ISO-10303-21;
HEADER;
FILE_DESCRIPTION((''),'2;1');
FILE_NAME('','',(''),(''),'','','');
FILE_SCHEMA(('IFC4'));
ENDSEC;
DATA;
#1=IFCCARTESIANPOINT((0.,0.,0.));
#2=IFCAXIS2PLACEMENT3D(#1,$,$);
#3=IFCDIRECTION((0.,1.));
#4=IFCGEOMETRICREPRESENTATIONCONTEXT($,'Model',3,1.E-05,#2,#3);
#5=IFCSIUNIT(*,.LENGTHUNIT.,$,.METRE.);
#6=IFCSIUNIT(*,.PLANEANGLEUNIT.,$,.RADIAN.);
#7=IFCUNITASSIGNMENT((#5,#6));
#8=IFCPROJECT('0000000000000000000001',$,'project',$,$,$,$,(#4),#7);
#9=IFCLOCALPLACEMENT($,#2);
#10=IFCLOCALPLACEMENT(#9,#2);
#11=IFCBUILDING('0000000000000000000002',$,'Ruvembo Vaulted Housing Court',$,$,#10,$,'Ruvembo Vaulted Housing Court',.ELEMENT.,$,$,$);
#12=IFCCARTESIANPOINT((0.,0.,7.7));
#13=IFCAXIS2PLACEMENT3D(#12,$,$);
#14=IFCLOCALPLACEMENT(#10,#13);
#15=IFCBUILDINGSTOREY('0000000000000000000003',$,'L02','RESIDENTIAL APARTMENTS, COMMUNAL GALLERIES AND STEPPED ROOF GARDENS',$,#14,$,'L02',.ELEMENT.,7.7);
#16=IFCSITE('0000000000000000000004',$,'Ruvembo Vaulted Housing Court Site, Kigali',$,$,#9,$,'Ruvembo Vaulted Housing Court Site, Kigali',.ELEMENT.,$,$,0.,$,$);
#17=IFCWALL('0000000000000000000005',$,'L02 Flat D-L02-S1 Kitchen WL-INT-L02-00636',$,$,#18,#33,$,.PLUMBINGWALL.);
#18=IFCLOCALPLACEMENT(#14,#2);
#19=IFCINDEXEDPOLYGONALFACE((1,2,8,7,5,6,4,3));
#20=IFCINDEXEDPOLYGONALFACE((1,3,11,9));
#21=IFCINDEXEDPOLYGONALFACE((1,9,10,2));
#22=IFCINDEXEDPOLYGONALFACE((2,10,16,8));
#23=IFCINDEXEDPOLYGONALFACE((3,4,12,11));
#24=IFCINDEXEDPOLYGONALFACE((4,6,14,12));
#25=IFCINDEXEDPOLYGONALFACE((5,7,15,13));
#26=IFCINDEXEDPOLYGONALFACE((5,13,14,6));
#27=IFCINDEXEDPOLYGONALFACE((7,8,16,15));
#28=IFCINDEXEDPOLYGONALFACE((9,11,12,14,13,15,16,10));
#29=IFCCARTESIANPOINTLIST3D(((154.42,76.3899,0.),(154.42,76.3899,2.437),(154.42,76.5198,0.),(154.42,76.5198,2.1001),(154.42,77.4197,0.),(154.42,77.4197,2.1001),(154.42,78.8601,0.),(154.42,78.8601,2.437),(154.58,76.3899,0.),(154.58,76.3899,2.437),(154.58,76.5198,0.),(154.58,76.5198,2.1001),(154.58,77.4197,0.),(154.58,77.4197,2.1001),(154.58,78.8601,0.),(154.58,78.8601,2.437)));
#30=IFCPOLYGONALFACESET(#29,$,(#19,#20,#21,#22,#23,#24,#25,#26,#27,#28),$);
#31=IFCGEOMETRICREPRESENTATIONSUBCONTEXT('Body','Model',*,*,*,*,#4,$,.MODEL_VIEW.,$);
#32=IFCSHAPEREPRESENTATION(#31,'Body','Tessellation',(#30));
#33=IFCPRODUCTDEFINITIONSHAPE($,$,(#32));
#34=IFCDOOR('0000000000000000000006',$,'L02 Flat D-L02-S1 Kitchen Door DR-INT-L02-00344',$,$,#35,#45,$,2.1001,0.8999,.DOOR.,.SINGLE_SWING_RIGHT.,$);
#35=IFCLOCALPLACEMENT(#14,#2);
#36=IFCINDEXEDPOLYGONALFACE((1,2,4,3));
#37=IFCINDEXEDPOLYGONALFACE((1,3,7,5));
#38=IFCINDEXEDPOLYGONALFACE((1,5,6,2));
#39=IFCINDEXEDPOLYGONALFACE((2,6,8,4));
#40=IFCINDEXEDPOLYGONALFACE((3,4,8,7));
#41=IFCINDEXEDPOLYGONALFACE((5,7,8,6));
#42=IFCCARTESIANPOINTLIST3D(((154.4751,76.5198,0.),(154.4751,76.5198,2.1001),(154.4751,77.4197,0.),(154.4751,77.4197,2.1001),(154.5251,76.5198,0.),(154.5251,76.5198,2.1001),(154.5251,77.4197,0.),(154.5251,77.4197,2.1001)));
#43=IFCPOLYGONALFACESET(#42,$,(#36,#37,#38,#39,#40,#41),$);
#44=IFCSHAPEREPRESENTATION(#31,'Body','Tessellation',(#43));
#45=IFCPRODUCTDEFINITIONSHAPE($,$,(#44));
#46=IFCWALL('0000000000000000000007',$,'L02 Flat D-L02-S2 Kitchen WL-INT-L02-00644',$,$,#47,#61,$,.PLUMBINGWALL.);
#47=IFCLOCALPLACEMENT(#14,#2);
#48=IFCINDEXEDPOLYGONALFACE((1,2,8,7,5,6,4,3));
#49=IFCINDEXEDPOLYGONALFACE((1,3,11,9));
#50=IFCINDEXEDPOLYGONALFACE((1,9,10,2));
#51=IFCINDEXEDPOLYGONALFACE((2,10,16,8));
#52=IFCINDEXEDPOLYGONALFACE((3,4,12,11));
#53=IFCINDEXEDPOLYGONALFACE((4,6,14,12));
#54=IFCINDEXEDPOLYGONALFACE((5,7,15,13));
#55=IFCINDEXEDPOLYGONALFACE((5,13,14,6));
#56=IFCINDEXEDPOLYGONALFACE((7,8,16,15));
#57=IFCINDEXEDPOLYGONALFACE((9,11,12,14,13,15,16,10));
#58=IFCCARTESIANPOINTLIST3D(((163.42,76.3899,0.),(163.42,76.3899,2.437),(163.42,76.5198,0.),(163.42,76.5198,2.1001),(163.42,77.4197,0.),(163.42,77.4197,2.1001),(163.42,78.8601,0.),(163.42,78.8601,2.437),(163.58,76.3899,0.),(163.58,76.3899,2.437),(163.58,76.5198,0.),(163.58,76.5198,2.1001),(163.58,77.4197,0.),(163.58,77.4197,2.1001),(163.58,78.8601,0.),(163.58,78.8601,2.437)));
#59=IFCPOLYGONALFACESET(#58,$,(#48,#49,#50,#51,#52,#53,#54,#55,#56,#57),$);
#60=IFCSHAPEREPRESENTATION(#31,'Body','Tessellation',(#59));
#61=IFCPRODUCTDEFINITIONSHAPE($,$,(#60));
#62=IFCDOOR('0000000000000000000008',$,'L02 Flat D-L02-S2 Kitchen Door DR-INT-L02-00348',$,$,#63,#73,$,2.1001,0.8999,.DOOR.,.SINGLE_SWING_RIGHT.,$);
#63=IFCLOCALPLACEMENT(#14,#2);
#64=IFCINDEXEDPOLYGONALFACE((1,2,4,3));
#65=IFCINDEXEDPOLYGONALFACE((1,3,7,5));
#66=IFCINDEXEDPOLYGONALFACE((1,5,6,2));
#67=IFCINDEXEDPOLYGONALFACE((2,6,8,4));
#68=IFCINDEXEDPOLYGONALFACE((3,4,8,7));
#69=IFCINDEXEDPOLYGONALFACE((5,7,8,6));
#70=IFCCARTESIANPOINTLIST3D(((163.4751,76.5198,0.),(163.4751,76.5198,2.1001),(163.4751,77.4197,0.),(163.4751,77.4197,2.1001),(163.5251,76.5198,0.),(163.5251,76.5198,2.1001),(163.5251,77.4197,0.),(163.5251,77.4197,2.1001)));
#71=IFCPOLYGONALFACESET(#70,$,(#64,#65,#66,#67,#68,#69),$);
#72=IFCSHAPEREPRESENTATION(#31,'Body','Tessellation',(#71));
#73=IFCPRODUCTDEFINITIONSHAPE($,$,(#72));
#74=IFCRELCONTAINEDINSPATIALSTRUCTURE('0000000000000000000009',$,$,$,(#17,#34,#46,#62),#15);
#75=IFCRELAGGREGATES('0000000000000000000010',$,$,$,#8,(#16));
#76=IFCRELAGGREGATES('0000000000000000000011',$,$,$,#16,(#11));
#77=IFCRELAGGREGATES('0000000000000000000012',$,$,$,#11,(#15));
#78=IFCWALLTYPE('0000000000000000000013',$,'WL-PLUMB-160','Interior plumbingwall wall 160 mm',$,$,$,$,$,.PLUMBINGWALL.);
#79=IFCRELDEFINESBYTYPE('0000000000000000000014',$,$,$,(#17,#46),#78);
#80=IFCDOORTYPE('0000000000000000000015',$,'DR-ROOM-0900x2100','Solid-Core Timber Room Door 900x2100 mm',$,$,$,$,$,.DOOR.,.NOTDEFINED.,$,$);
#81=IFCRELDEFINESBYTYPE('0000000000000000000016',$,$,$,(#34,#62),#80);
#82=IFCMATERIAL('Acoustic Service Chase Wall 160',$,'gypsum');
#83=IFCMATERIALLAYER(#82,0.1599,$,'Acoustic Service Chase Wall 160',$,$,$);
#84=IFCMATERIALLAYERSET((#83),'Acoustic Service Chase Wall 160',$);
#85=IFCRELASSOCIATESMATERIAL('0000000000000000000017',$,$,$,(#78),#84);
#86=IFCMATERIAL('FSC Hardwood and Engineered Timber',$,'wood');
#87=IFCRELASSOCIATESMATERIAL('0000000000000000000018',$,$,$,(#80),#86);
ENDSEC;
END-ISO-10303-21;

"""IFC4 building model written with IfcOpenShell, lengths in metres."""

from ifc_helpers import new_model, si_unit, direction, frame, frame_2d, origin, place, context, subcontext, project, spatial, rectangle, extrude, material, layer, layer_set, type_object, element, fill, save


model = new_model("IFC4")

# Units and contexts
model_context = context("Model", 3, precision=1e-05, world=origin(), true_north=direction((0.0, 1.0)))
body_context = subcontext(model_context, "Body", "Model", "MODEL_VIEW")
ifc_project = project(units=[si_unit("LENGTHUNIT", "METRE"), si_unit("PLANEANGLEUNIT", "RADIAN")], contexts=[model_context])

# Site, building, storey
site_placement = place(None, origin())
site = spatial("IfcSite", under=ifc_project, at=site_placement, Name="Ruvembo Vaulted Housing Court Site, Kigali", LongName="Ruvembo Vaulted Housing Court Site, Kigali", CompositionType="ELEMENT", RefElevation=0.0)
building_placement = place(site_placement, origin())
building = spatial("IfcBuilding", under=site, at=building_placement, Name="Ruvembo Vaulted Housing Court", LongName="Ruvembo Vaulted Housing Court", CompositionType="ELEMENT")
storey_placement = place(building_placement, frame((0.0, 0.0, 7.7)))
storey = spatial("IfcBuildingStorey", under=building, at=storey_placement, Name="L02", Description="RESIDENTIAL APARTMENTS, COMMUNAL GALLERIES AND STEPPED ROOF GARDENS", LongName="L02", CompositionType="ELEMENT", Elevation=7.7)

# Shared definitions
ifc_material_1 = material(Name="FSC Hardwood and Engineered Timber", Category="wood")

# Walls, openings, doors
ifc_material_2 = material(Name="Acoustic Service Chase Wall 160", Category="gypsum")
ifc_layer_1 = layer(ifc_material_2, 0.1599, Name="Acoustic Service Chase Wall 160")
ifc_layer_set_1 = layer_set([ifc_layer_1], Name="Acoustic Service Chase Wall 160")
wall_type_1 = type_object("IfcWallType", Name="WL-PLUMB-160", Description="Interior plumbingwall wall 160 mm", PredefinedType="PLUMBINGWALL", material=ifc_layer_set_1)
wall_1_placement = place(storey_placement, frame((154.5, 76.3899, 0.0), z_axis=(0.0, 0.0, 1.0), x_axis=(0.0, 1.0, 0.0)))
wall_1 = element("IfcWall", 1, at=wall_1_placement, inside=storey, type_object=wall_type_1, Name="L02 Flat D-L02-S1 Kitchen WL-INT-L02-00636", PredefinedType="PLUMBINGWALL", context=body_context, shape_type="SweptSolid", body=[
    extrude(rectangle(XDim=2.4702, YDim=0.1599, at=frame_2d((1.2351, 0.0))), origin(), (0.0, 0.0, 1.0), 2.437),
])
opening_1_placement = place(wall_1_placement, frame((0.1299, 0.0, 0.0)))
opening_1 = element("IfcOpeningElement", 2, at=opening_1_placement, cuts=wall_1, PredefinedType="OPENING", context=body_context, shape_type="SweptSolid", body=[
    extrude(rectangle(XDim=0.8999, YDim=2.1001, at=frame_2d((0.45, 1.05))), frame((0.0, 0.0898, 0.0), z_axis=(0.0, -1.0, 0.0), x_axis=(1.0, 0.0, 0.0)), (0.0, 0.0, 1.0), 0.1799),
])
door_type_1 = type_object("IfcDoorType", Name="DR-ROOM-0900x2100", Description="Solid-Core Timber Room Door 900x2100 mm", OperationType="NOTDEFINED", PredefinedType="DOOR", material=ifc_material_1)
door_1_placement = place(opening_1_placement, origin())
door_1 = element("IfcDoor", 3, at=door_1_placement, inside=storey, type_object=door_type_1, Name="L02 Flat D-L02-S1 Kitchen Door DR-INT-L02-00344", OperationType="SINGLE_SWING_RIGHT", OverallHeight=2.1001, OverallWidth=0.8999, PredefinedType="DOOR", context=body_context, shape_type="SweptSolid", body=[
    extrude(rectangle(XDim=0.8999, YDim=2.1001, at=frame_2d((0.45, 1.05))), frame((0.0, 0.0249, 0.0), z_axis=(0.0, -1.0, 0.0), x_axis=(1.0, 0.0, 0.0)), (0.0, 0.0, 1.0), 0.05),
])
fill(opening_1, door_1)
wall_2_placement = place(storey_placement, frame((163.5, 76.3899, 0.0), z_axis=(0.0, 0.0, 1.0), x_axis=(0.0, 1.0, 0.0)))
wall_2 = element("IfcWall", 4, at=wall_2_placement, inside=storey, type_object=wall_type_1, Name="L02 Flat D-L02-S2 Kitchen WL-INT-L02-00644", PredefinedType="PLUMBINGWALL", context=body_context, shape_type="SweptSolid", body=[
    extrude(rectangle(XDim=2.4702, YDim=0.1599, at=frame_2d((1.2351, 0.0))), origin(), (0.0, 0.0, 1.0), 2.437),
])
opening_2_placement = place(wall_2_placement, frame((0.1299, 0.0, 0.0)))
opening_2 = element("IfcOpeningElement", 5, at=opening_2_placement, cuts=wall_2, PredefinedType="OPENING", context=body_context, shape_type="SweptSolid", body=[
    extrude(rectangle(XDim=0.8999, YDim=2.1001, at=frame_2d((0.45, 1.05))), frame((0.0, 0.0898, 0.0), z_axis=(0.0, -1.0, 0.0), x_axis=(1.0, 0.0, 0.0)), (0.0, 0.0, 1.0), 0.1799),
])
door_2_placement = place(opening_2_placement, origin())
door_2 = element("IfcDoor", 6, at=door_2_placement, inside=storey, type_object=door_type_1, Name="L02 Flat D-L02-S2 Kitchen Door DR-INT-L02-00348", OperationType="SINGLE_SWING_RIGHT", OverallHeight=2.1001, OverallWidth=0.8999, PredefinedType="DOOR", context=body_context, shape_type="SweptSolid", body=[
    extrude(rectangle(XDim=0.8999, YDim=2.1001, at=frame_2d((0.45, 1.05))), frame((0.0, 0.0249, 0.0), z_axis=(0.0, -1.0, 0.0), x_axis=(1.0, 0.0, 0.0)), (0.0, 0.0, 1.0), 0.05),
])
fill(opening_2, door_2)

save(model, "model.ifc")
